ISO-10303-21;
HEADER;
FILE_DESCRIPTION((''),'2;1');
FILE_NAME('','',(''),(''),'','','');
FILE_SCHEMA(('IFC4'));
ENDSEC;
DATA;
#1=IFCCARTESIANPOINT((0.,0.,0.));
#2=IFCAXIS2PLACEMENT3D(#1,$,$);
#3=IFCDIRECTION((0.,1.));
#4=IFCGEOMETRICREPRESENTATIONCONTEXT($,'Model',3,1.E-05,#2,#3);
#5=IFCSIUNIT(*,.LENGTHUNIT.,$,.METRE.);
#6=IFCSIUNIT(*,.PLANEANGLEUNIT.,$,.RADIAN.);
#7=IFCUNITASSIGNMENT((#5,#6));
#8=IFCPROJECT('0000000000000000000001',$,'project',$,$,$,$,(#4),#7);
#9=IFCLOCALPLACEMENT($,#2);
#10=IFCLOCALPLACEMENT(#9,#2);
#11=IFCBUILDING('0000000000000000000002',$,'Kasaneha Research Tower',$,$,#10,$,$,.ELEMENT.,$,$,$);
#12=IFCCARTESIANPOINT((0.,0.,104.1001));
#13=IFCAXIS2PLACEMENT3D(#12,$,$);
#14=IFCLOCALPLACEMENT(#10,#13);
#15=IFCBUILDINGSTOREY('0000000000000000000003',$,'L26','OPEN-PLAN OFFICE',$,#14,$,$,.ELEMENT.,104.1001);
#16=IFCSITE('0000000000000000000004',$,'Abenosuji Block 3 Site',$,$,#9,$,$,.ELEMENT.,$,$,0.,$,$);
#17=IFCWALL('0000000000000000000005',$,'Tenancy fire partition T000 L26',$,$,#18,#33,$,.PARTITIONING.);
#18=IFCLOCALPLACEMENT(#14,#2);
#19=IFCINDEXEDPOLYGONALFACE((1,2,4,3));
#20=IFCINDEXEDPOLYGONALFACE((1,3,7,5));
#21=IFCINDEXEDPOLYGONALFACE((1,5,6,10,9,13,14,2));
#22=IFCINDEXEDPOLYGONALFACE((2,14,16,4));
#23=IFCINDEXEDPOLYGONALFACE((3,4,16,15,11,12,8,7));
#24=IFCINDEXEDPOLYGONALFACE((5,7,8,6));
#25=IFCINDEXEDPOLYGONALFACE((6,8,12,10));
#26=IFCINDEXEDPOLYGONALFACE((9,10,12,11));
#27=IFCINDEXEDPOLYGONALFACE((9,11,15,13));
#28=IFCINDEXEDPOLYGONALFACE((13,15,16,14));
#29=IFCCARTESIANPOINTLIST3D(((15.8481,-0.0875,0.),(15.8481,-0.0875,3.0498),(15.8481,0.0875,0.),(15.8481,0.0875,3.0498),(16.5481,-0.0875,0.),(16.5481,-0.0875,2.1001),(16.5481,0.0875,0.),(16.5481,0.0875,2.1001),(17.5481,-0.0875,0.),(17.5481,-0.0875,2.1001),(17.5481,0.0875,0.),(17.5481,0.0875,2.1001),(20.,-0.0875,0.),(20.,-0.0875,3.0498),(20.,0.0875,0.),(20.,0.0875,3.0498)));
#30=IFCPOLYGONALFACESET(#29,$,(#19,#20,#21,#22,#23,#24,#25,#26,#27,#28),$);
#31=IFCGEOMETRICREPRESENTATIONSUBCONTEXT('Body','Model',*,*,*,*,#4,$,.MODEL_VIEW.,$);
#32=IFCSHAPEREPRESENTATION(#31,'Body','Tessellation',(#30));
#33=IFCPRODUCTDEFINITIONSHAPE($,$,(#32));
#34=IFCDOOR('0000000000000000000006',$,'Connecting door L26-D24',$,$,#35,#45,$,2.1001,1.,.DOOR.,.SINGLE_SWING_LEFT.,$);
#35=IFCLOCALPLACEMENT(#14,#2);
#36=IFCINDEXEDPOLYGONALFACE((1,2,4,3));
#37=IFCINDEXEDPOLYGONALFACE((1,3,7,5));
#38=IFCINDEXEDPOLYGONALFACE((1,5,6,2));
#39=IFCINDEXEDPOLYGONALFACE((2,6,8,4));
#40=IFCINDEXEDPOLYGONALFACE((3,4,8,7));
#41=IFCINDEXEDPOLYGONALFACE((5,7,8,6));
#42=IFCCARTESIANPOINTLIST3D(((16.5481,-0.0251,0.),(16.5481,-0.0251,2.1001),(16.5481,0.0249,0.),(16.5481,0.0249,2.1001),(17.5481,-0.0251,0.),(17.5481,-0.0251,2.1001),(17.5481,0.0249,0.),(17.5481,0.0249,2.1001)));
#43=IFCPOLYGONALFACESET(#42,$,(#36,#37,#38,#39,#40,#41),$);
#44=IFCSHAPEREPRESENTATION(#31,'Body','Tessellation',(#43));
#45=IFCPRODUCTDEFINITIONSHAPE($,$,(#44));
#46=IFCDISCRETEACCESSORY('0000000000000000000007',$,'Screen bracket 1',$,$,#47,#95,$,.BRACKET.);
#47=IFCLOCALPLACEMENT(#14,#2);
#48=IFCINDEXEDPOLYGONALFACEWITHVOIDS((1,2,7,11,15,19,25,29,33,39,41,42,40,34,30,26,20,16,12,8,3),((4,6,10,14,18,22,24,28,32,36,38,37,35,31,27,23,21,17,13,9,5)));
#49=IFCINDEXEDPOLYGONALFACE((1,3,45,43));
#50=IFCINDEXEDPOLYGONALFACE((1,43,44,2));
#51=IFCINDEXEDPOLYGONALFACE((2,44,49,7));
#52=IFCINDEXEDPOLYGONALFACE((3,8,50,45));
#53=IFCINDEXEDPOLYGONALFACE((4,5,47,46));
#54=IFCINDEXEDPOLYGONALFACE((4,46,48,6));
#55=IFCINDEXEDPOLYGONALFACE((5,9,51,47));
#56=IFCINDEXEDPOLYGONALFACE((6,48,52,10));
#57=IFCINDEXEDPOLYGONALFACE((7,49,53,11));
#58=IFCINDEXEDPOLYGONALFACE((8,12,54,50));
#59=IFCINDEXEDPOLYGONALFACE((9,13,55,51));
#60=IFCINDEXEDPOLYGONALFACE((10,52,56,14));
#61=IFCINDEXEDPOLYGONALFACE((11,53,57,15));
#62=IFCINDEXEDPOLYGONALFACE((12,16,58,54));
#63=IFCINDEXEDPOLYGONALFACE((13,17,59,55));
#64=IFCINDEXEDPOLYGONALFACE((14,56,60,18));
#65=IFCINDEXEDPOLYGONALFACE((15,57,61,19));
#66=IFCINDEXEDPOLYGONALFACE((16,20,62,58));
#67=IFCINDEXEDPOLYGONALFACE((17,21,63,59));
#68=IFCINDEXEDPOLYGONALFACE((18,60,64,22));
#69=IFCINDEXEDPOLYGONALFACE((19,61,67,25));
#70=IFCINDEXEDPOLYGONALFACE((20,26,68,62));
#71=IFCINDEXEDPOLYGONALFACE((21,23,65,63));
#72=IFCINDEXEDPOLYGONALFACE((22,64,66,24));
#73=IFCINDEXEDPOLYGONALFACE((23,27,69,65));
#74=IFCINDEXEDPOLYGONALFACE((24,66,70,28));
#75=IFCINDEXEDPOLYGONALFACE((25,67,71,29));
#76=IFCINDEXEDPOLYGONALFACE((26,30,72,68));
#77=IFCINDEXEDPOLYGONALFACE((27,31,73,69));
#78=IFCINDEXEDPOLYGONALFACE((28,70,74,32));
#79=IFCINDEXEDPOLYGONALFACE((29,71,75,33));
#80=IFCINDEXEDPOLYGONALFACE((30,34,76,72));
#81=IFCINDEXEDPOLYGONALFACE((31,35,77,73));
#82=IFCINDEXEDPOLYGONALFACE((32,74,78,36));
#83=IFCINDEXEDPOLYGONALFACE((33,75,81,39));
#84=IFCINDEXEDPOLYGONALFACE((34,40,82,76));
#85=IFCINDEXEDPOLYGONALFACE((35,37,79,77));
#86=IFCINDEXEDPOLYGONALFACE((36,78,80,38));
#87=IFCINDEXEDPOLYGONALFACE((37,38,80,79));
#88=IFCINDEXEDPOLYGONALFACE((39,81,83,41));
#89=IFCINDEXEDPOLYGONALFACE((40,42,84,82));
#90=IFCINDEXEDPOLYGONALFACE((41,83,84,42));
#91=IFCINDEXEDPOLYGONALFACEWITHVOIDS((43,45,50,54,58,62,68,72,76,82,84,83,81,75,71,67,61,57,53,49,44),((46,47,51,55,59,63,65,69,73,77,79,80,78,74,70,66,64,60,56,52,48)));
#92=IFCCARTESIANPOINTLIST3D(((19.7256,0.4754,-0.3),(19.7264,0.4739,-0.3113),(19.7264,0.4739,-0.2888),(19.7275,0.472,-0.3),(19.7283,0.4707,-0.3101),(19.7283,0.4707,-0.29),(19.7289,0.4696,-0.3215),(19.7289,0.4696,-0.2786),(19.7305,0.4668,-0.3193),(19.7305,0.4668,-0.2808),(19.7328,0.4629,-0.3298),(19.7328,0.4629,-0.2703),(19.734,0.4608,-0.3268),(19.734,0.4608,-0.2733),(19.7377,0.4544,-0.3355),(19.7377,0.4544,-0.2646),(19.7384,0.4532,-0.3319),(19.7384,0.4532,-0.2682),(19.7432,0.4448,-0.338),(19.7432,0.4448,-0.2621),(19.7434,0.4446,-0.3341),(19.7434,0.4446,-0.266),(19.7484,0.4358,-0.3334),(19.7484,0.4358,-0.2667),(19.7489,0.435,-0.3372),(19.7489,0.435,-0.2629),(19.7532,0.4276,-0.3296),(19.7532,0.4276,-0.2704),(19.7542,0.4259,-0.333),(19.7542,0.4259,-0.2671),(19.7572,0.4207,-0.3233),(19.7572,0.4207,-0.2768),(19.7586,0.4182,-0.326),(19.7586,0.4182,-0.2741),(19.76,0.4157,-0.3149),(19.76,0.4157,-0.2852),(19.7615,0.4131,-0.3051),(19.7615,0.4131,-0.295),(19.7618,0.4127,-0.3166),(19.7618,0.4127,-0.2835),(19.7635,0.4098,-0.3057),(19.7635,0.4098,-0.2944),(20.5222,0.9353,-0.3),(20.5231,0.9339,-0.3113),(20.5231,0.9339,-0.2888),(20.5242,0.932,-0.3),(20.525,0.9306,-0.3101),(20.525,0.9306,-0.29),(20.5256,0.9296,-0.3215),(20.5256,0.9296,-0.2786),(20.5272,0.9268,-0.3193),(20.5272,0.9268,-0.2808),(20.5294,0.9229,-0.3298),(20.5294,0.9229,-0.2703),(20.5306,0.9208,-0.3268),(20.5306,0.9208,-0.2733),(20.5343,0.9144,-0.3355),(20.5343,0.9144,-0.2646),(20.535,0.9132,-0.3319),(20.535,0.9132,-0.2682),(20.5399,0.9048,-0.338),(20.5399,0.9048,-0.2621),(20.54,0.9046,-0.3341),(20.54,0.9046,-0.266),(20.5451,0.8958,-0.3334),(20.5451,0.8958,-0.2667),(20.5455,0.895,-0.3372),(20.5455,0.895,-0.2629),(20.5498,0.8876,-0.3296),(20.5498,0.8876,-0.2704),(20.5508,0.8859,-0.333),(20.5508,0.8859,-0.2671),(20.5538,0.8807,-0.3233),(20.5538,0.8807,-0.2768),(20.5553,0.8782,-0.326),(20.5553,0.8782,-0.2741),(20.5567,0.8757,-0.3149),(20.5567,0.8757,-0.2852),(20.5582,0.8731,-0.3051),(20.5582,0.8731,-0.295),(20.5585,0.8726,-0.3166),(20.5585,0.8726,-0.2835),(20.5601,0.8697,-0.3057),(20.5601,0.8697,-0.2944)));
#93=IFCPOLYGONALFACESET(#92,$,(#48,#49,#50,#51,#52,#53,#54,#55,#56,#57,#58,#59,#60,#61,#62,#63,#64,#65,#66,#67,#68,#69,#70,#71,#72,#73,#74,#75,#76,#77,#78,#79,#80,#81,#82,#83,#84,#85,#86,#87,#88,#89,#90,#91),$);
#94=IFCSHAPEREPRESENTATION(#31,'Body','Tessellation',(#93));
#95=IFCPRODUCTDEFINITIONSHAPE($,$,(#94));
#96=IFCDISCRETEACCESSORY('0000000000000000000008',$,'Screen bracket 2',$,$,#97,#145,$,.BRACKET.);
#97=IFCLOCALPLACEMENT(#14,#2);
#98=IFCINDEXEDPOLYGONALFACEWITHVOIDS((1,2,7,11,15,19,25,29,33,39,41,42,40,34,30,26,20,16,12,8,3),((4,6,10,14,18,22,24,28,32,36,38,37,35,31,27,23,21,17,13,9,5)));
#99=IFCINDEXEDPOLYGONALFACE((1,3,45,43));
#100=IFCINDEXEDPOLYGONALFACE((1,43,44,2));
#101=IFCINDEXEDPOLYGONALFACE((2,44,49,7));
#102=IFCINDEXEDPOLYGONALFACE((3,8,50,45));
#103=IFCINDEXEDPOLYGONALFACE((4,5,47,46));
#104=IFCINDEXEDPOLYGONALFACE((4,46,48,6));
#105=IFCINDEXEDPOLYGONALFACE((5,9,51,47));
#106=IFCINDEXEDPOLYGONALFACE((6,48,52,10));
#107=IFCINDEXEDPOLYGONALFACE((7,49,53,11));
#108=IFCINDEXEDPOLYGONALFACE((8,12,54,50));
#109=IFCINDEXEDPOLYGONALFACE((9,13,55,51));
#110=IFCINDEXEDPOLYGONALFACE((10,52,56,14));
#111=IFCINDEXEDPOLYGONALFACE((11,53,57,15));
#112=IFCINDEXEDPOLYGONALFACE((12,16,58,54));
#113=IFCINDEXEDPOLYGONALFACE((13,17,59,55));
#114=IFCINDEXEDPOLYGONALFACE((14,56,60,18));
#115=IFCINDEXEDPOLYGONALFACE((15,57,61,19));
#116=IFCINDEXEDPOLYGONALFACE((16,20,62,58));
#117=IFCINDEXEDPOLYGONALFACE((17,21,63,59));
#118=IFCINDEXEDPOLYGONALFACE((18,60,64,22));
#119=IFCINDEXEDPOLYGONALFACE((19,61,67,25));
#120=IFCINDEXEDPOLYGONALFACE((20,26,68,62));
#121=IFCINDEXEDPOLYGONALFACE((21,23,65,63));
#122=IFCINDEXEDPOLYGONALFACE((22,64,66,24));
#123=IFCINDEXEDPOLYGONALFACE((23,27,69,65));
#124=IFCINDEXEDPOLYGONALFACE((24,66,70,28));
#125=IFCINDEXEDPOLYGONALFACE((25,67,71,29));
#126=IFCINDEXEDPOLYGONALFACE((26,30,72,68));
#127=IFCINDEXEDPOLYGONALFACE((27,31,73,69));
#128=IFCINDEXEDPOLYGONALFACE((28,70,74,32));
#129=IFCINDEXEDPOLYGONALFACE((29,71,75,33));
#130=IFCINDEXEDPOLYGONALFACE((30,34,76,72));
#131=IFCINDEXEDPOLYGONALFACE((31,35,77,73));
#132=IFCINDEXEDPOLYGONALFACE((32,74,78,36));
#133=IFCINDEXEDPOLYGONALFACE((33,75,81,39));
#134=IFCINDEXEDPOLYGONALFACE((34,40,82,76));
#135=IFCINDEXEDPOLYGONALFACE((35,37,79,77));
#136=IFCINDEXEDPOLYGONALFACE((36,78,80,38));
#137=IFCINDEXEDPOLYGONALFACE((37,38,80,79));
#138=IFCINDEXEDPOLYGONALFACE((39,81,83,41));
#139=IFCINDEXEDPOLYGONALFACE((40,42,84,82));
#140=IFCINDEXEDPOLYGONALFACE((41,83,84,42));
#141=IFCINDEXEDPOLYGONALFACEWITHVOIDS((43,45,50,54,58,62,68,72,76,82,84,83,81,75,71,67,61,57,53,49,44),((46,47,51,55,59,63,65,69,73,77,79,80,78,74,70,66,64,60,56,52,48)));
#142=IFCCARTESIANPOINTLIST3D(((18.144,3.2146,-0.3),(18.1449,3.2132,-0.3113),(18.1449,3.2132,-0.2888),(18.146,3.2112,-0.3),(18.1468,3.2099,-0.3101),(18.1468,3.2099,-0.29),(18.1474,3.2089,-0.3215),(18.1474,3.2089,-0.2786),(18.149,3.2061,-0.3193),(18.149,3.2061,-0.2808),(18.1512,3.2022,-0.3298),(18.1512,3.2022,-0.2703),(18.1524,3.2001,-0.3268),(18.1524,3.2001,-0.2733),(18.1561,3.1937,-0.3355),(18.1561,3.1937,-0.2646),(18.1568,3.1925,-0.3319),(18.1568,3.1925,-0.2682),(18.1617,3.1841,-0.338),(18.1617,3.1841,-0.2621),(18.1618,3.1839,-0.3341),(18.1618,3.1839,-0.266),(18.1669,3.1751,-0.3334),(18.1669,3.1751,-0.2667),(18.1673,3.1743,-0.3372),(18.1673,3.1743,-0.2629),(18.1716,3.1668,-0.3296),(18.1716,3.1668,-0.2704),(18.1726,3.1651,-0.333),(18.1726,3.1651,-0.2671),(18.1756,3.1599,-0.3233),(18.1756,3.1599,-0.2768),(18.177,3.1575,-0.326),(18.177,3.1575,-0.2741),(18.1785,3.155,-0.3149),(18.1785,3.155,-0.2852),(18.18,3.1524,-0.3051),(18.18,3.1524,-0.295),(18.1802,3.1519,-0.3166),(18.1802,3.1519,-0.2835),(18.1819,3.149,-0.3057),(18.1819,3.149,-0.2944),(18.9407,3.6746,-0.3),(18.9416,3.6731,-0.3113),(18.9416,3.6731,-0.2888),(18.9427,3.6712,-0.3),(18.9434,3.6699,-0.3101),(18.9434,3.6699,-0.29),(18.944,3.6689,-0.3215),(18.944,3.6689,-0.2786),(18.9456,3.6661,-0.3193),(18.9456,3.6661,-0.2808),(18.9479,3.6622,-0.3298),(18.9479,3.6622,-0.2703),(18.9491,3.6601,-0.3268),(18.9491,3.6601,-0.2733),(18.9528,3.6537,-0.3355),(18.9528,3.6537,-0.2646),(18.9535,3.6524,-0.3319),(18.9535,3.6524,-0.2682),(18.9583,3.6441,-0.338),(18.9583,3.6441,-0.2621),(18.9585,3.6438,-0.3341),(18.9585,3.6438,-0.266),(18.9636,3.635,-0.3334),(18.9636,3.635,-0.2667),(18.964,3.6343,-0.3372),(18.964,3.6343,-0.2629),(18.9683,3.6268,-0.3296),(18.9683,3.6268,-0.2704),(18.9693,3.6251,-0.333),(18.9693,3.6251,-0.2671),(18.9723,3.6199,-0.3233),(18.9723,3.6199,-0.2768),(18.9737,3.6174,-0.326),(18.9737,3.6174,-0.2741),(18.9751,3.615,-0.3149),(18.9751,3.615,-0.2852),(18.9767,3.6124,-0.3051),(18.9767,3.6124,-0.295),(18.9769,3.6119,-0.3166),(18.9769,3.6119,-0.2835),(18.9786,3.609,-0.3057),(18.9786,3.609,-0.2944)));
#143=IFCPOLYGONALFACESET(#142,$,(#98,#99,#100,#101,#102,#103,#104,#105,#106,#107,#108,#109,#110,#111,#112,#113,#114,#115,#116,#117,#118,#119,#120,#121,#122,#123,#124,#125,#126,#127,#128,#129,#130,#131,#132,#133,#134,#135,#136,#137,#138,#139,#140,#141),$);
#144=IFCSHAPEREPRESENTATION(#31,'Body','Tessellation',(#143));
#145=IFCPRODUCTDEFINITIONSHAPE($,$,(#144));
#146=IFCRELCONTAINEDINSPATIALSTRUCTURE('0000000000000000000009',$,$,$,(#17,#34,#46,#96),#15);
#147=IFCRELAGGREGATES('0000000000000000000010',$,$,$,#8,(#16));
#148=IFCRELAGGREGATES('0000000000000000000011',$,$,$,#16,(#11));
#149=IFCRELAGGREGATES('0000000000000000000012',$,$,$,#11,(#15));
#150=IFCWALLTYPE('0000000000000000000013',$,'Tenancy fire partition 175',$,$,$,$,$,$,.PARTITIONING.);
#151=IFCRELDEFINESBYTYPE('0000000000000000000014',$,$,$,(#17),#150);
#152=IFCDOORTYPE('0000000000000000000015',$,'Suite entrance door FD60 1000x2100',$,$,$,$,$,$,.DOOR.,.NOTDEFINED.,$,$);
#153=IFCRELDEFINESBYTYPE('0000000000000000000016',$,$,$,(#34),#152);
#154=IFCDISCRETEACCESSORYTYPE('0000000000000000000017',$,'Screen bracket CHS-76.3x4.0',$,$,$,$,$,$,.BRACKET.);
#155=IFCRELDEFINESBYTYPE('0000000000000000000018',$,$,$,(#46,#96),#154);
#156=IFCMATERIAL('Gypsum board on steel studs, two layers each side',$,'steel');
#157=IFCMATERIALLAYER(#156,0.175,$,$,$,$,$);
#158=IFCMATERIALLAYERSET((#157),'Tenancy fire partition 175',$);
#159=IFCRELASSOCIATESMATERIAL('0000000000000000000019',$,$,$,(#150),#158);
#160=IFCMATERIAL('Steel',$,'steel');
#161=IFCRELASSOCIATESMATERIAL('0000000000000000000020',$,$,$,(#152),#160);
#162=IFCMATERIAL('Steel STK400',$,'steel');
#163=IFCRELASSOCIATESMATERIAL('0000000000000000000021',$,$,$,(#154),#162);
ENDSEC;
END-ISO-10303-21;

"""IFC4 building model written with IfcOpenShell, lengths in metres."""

from ifc_helpers import new_model, si_unit, direction, frame, frame_2d, origin, origin_2d, place, context, subcontext, project, spatial, rectangle, hollow_circle, extrude, material, layer, layer_set, material_profile, profile_set, type_object, element, fill, save


model = new_model("IFC4")

# Units and contexts
model_context = context("Model", 3, precision=1e-05, world=origin(), true_north=direction((0.0, 1.0)))
body_context = subcontext(model_context, "Body", "Model", "MODEL_VIEW")
ifc_project = project(units=[si_unit("LENGTHUNIT", "METRE"), si_unit("PLANEANGLEUNIT", "RADIAN")], contexts=[model_context])

# Site, building, storey
site_placement = place(None, origin())
site = spatial("IfcSite", under=ifc_project, at=site_placement, Name="Abenosuji Block 3 Site", CompositionType="ELEMENT", RefElevation=0.0)
building_placement = place(site_placement, origin())
building = spatial("IfcBuilding", under=site, at=building_placement, Name="Kasaneha Research Tower", CompositionType="ELEMENT")
storey_placement = place(building_placement, frame((0.0, 0.0, 104.1001)))
storey = spatial("IfcBuildingStorey", under=building, at=storey_placement, Name="L26", Description="OPEN-PLAN OFFICE", CompositionType="ELEMENT", Elevation=104.1001)

# Wall, opening, door
ifc_material_1 = material(Name="Gypsum board on steel studs, two layers each side", Category="steel")
ifc_layer_1 = layer(ifc_material_1, 0.175)
ifc_layer_set_1 = layer_set([ifc_layer_1], Name="Tenancy fire partition 175")
wall_type_1 = type_object("IfcWallType", Name="Tenancy fire partition 175", PredefinedType="PARTITIONING", material=ifc_layer_set_1)
wall_1_placement = place(storey_placement, frame((15.8481, 0.0, 0.0), z_axis=(0.0, 0.0, 1.0), x_axis=(1.0, 0.0, 0.0)))
wall_1 = element("IfcWall", 1, at=wall_1_placement, inside=storey, type_object=wall_type_1, Name="Tenancy fire partition T000 L26", PredefinedType="PARTITIONING", context=body_context, shape_type="SweptSolid", body=[
    extrude(rectangle(XDim=4.1519, YDim=0.175, at=frame_2d((2.0759, 0.0))), origin(), (0.0, 0.0, 1.0), 3.0498),
])
opening_1_placement = place(wall_1_placement, frame((0.7, 0.0, 0.0)))
opening_1 = element("IfcOpeningElement", 2, at=opening_1_placement, cuts=wall_1, PredefinedType="OPENING", context=body_context, shape_type="SweptSolid", body=[
    extrude(rectangle(XDim=1.0, YDim=2.1001, at=frame_2d((0.5, 1.05))), frame((0.0, 0.0977, 0.0), z_axis=(0.0, -1.0, 0.0), x_axis=(1.0, 0.0, 0.0)), (0.0, 0.0, 1.0), 0.1951),
])
ifc_material_2 = material(Name="Steel", Category="steel")
door_type_1 = type_object("IfcDoorType", Name="Suite entrance door FD60 1000x2100", OperationType="NOTDEFINED", PredefinedType="DOOR", material=ifc_material_2)
door_1_placement = place(opening_1_placement, origin())
door_1 = element("IfcDoor", 3, at=door_1_placement, inside=storey, type_object=door_type_1, Name="Connecting door L26-D24", OperationType="SINGLE_SWING_LEFT", OverallHeight=2.1001, OverallWidth=1.0, PredefinedType="DOOR", context=body_context, shape_type="SweptSolid", body=[
    extrude(rectangle(XDim=1.0, YDim=2.1001, at=frame_2d((0.5, 1.05))), frame((0.0, 0.0249, 0.0), z_axis=(0.0, -1.0, 0.0), x_axis=(1.0, 0.0, 0.0)), (0.0, 0.0, 1.0), 0.05),
])
fill(opening_1, door_1)

# Discrete accessories
ifc_material_3 = material(Name="Steel STK400", Category="steel")
ifc_material_profile_1 = material_profile(ifc_material_3, hollow_circle(Radius=0.0381, WallThickness=0.0039, at=origin_2d()), Name="CHS-76.3x4.0")
ifc_profile_set_1 = profile_set([ifc_material_profile_1], Name="Steel STK400")
discrete_accessory_type = type_object("IfcDiscreteAccessoryType", Name="Screen bracket CHS-76.3x4.0", PredefinedType="BRACKET", material=ifc_profile_set_1)
for number, where, z_axis, x_axis, name in (
    (4, (19.7446, 0.4424, -0.3), (0.866013, 0.500021, 0.0), (-0.500021, 0.866013, 0.0), "Screen bracket 1"),
    (5, (18.1631, 3.1816, -0.3), (0.866013, 0.500021, 0.0), (-0.500021, 0.866013, 0.0), "Screen bracket 2"),
):
    element("IfcDiscreteAccessory", number, at=place(storey_placement, frame(where, z_axis=z_axis, x_axis=x_axis)), inside=storey, type_object=discrete_accessory_type, Name=name, PredefinedType="BRACKET", context=body_context, shape_type="SweptSolid", body=[
        extrude(hollow_circle(Radius=0.0381, WallThickness=0.0039, at=origin_2d()), origin(), (0.0, 0.0, 1.0), 0.9199),
    ])

save(model, "model.ifc")
